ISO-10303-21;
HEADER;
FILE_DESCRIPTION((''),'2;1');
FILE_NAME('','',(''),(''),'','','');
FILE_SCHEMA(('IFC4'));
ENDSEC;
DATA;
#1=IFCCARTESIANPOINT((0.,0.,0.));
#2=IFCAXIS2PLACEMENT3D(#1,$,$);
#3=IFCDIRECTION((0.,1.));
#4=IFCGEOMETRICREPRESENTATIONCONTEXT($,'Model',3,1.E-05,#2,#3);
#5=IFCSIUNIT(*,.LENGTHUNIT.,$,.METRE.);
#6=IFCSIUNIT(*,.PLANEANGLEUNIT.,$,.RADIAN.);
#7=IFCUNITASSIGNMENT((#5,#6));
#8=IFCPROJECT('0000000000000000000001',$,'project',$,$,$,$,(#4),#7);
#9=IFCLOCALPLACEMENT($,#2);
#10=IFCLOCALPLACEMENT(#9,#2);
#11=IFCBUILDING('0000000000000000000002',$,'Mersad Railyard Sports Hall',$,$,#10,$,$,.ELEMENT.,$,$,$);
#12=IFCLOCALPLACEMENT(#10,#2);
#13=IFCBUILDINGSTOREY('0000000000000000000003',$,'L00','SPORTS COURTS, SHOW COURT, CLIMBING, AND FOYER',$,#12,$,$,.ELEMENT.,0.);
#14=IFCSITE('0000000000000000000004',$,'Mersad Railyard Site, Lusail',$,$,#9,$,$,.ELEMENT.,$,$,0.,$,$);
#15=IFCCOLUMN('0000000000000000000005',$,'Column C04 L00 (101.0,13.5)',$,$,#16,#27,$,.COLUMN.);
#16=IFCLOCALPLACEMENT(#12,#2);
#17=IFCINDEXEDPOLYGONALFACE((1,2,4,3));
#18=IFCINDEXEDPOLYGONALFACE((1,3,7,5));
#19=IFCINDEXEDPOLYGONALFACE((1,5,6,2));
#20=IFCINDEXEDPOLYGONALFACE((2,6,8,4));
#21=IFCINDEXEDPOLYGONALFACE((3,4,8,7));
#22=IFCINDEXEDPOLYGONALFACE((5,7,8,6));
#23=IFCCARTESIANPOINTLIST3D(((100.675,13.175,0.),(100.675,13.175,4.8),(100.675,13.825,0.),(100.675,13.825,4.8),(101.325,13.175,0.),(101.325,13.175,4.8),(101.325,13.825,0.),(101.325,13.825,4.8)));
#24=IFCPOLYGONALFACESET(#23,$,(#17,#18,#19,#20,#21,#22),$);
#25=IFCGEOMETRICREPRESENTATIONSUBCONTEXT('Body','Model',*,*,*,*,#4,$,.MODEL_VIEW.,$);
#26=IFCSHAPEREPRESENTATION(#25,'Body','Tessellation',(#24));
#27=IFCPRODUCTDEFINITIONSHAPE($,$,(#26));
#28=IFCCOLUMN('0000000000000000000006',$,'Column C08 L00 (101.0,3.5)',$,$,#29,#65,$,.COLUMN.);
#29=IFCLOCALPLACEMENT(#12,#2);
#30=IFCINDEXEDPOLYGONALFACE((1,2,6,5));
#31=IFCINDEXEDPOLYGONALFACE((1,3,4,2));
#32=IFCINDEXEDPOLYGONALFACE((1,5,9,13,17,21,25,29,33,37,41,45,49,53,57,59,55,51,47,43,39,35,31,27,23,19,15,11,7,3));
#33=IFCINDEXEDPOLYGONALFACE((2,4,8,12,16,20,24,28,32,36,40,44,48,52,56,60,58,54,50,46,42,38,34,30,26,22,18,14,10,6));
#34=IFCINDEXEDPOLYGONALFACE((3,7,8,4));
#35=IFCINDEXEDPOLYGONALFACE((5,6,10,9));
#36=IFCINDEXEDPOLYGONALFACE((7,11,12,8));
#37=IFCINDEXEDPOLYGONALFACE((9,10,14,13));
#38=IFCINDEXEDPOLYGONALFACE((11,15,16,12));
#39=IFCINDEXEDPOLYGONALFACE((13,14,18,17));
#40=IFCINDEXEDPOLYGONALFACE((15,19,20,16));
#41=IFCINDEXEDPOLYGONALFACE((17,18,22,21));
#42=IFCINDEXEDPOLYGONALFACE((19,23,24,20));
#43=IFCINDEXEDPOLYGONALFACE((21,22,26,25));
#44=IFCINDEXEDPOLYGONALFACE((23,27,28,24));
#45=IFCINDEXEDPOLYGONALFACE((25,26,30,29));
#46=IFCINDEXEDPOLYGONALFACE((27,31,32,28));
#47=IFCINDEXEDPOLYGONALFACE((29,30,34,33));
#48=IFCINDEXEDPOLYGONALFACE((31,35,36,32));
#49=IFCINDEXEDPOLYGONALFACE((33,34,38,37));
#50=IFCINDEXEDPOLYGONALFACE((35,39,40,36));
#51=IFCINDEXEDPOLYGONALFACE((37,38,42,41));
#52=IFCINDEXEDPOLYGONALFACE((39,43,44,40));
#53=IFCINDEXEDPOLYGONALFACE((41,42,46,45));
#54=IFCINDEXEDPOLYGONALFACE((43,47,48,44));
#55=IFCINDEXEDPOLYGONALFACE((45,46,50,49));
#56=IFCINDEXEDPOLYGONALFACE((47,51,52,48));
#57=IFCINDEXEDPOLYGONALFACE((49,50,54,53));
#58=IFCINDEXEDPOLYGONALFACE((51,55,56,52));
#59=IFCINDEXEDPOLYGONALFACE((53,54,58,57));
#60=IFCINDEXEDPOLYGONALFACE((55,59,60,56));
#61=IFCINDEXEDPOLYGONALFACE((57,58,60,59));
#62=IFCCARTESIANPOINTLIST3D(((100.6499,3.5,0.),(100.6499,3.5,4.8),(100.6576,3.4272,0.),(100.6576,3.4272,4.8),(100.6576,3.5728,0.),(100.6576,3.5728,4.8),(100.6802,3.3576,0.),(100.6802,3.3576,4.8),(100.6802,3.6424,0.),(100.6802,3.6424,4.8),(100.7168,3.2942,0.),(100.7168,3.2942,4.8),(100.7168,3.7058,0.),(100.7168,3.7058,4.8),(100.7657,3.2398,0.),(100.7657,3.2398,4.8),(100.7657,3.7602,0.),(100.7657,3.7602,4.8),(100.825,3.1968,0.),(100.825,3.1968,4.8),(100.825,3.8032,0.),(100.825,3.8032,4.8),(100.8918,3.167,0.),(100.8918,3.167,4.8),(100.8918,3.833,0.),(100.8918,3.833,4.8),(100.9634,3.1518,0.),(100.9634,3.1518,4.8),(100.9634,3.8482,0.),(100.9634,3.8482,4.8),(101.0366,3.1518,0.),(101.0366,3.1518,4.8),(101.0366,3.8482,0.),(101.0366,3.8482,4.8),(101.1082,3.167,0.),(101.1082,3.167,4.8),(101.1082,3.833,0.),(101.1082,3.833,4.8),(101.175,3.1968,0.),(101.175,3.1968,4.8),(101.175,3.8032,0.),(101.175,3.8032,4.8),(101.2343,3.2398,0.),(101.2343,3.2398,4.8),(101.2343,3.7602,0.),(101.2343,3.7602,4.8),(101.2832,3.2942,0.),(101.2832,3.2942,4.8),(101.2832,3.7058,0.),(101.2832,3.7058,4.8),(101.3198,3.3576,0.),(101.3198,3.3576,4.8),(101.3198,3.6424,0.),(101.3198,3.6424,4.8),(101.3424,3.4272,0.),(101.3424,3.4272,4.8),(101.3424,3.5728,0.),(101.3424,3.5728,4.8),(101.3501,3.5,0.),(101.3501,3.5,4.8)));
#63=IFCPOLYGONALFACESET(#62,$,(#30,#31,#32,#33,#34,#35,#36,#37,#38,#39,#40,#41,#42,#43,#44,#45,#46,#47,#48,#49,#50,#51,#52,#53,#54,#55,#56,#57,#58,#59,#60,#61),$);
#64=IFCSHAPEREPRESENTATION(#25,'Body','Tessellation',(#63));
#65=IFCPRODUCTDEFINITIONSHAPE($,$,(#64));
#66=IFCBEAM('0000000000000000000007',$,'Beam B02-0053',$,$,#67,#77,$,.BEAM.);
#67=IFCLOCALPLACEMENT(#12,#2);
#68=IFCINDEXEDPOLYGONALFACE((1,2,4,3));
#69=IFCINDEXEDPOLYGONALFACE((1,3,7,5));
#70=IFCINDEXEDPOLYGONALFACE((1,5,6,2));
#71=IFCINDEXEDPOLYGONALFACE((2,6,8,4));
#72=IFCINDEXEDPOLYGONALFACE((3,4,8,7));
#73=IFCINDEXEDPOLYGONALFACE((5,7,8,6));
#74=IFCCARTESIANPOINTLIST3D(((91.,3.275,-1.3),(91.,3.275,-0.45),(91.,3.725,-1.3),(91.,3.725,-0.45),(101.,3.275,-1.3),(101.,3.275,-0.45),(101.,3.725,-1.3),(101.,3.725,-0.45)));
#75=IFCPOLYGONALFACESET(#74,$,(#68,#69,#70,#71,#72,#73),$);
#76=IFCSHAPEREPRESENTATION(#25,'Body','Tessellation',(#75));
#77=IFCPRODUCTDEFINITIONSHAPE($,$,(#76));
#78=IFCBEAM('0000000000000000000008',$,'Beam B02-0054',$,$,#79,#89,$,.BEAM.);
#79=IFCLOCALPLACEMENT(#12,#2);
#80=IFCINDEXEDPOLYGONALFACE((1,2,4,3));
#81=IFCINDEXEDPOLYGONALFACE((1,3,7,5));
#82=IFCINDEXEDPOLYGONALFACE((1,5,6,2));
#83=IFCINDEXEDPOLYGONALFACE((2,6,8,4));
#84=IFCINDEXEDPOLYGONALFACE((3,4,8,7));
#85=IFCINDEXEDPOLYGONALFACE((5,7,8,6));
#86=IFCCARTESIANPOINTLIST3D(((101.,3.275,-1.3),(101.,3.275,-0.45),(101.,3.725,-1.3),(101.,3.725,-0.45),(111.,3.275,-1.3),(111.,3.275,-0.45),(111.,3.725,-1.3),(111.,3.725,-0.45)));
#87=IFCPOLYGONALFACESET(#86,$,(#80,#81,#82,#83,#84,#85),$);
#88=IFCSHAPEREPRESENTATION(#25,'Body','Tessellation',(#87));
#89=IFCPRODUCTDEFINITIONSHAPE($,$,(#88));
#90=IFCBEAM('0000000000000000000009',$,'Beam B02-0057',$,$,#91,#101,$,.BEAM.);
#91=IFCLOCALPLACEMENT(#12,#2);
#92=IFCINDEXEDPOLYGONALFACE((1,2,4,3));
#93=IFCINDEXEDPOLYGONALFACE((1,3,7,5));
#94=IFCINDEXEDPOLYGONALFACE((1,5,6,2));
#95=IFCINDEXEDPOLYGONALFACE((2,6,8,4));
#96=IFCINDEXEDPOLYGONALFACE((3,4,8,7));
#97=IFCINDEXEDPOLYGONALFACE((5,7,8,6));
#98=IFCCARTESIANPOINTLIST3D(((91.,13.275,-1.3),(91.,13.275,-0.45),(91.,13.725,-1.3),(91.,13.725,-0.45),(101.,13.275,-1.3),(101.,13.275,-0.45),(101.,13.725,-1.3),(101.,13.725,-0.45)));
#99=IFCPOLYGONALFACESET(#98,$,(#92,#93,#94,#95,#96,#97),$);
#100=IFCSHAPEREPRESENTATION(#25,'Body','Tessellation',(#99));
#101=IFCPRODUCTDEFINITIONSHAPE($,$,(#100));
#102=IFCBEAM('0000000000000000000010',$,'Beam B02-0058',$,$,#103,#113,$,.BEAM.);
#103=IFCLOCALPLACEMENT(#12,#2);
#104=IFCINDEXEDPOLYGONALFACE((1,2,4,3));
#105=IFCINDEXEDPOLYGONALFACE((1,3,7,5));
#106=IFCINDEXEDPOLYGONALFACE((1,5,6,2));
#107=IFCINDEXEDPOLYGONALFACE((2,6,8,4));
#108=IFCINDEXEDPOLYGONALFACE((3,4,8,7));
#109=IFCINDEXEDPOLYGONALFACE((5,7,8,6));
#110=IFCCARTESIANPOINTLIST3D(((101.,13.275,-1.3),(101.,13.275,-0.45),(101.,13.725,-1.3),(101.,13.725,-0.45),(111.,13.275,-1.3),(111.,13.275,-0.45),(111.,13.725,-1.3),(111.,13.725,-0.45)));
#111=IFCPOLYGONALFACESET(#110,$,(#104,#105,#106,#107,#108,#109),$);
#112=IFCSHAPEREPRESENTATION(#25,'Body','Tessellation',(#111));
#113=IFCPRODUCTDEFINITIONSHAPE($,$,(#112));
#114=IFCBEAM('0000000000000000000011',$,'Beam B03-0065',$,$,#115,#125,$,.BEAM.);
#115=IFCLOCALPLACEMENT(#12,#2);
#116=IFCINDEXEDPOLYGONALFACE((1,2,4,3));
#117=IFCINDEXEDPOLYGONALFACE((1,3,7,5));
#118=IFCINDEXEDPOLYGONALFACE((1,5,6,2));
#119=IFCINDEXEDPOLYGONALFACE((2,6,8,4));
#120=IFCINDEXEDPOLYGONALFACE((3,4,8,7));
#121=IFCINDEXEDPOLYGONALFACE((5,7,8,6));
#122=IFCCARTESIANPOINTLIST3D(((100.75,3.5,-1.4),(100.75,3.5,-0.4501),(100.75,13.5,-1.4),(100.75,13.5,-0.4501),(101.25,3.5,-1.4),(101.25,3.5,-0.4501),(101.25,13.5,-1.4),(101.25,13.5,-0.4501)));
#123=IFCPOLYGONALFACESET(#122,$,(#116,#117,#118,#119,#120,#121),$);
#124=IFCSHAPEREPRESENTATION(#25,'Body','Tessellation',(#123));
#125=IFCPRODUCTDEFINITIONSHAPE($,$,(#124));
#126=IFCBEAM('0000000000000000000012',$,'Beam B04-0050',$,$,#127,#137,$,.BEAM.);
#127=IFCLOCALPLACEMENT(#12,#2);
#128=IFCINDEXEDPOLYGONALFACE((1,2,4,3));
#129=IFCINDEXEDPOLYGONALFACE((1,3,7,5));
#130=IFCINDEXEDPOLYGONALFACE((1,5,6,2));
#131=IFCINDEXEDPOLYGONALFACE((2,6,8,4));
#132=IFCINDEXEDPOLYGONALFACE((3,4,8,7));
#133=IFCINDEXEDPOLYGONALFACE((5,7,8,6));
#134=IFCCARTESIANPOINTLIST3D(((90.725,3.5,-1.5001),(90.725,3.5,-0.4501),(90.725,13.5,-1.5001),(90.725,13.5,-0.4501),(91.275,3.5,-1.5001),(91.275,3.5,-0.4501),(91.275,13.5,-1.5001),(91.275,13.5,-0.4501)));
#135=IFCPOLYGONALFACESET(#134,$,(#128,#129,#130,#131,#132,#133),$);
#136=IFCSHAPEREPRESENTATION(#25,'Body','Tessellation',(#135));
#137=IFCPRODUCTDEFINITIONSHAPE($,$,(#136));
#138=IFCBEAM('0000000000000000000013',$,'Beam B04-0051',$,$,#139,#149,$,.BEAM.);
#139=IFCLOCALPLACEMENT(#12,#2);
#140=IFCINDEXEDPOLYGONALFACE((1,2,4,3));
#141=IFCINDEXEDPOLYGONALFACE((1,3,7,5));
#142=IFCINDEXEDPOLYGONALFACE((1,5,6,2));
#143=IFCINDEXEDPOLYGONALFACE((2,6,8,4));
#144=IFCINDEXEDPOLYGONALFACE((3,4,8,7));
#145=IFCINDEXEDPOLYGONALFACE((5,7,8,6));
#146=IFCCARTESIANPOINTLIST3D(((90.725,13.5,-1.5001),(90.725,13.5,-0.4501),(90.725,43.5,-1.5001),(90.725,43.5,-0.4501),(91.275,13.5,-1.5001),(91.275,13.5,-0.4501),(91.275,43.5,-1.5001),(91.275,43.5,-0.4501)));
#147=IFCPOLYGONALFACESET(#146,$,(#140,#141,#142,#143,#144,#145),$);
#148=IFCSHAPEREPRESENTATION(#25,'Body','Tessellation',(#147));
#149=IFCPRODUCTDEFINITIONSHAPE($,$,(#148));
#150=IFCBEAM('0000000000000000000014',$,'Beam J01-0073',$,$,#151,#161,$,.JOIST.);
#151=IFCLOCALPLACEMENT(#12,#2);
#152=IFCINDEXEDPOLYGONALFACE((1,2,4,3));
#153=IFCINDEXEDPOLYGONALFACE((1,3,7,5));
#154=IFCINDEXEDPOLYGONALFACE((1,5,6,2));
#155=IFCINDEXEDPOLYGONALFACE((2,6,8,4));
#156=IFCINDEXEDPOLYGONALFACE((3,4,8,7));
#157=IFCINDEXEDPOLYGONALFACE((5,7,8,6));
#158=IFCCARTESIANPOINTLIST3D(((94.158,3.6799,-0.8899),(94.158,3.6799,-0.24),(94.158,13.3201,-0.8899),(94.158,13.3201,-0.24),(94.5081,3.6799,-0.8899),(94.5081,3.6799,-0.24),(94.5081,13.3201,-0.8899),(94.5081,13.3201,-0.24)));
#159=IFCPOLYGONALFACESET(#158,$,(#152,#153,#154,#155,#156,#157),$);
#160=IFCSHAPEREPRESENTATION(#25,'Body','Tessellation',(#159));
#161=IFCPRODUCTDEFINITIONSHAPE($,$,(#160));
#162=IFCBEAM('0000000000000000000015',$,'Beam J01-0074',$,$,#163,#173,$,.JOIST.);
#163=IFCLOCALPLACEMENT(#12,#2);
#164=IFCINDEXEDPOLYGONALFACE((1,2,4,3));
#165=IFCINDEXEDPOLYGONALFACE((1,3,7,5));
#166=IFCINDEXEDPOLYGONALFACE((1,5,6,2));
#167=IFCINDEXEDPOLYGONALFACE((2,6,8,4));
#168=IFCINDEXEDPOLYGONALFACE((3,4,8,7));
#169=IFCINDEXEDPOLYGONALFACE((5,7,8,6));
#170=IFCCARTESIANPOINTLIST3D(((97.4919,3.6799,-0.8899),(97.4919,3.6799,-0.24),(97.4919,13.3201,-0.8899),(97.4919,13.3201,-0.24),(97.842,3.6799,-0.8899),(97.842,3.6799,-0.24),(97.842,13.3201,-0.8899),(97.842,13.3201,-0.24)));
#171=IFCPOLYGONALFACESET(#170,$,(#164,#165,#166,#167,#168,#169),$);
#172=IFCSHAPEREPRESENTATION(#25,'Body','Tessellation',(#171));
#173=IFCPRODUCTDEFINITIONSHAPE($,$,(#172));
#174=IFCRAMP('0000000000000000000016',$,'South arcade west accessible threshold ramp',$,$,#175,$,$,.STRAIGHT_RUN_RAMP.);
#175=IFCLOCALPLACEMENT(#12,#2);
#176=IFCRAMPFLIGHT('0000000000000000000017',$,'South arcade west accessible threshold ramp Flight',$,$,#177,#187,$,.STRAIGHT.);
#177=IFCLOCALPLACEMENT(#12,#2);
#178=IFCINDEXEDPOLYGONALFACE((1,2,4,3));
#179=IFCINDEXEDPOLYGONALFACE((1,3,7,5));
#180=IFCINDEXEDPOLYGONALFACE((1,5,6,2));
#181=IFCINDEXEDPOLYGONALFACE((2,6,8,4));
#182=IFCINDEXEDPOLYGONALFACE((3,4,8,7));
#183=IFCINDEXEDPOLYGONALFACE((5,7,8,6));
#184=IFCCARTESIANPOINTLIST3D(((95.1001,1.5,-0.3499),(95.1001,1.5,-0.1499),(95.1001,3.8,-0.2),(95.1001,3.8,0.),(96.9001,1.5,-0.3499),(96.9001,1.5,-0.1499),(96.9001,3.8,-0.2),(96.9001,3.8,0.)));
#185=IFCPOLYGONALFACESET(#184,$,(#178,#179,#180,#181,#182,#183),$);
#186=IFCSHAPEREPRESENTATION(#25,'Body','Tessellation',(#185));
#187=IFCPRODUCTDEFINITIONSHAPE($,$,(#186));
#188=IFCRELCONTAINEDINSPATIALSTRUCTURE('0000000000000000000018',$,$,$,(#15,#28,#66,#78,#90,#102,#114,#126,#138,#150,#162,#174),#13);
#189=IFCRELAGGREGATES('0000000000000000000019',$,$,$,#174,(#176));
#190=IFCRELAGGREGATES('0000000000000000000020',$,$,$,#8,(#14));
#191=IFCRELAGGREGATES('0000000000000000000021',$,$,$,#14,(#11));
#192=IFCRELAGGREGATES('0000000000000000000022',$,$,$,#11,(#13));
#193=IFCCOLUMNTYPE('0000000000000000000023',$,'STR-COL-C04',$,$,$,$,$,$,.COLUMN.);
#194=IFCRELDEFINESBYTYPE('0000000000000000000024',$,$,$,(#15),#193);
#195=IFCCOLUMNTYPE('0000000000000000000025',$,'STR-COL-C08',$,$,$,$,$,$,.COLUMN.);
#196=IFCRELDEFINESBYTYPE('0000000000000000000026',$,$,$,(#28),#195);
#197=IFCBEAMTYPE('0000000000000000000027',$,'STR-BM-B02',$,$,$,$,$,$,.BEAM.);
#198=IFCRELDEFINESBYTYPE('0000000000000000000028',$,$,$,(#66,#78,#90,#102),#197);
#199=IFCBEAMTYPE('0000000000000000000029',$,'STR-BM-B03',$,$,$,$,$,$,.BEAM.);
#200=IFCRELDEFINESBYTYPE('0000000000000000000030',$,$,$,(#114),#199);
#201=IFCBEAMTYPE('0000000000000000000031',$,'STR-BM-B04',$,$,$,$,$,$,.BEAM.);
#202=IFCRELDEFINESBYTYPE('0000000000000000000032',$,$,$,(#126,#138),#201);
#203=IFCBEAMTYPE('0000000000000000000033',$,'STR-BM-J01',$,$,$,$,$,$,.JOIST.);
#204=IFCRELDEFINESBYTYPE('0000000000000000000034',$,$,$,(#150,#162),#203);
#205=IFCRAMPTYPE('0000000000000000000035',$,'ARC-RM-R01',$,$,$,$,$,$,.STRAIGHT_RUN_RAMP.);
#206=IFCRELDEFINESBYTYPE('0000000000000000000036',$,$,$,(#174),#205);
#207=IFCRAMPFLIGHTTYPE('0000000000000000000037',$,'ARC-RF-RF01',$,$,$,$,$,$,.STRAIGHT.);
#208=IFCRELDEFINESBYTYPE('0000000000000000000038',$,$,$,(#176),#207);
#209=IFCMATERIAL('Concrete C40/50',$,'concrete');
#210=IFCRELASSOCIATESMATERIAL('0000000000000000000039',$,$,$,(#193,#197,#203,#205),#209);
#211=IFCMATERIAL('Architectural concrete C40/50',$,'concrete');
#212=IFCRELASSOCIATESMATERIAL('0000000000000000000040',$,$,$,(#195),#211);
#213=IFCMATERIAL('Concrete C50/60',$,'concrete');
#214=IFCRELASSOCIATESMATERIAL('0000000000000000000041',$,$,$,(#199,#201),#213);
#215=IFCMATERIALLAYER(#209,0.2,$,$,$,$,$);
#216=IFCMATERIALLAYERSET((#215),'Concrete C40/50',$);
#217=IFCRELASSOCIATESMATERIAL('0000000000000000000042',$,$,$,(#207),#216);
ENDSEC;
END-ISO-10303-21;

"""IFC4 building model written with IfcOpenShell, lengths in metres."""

from ifc_helpers import new_model, si_unit, direction, frame, origin, origin_2d, place, context, subcontext, project, spatial, polyline, rectangle, circle, outline, extrude, material, layer, layer_set, material_profile, profile_set, type_object, element, aggregate, save


model = new_model("IFC4")

# Units and contexts
model_context = context("Model", 3, precision=1e-05, world=origin(), true_north=direction((0.0, 1.0)))
body_context = subcontext(model_context, "Body", "Model", "MODEL_VIEW")
ifc_project = project(units=[si_unit("LENGTHUNIT", "METRE"), si_unit("PLANEANGLEUNIT", "RADIAN")], contexts=[model_context])

# Site, building, storey
site_placement = place(None, origin())
site = spatial("IfcSite", under=ifc_project, at=site_placement, Name="Mersad Railyard Site, Lusail", CompositionType="ELEMENT", RefElevation=0.0)
building_placement = place(site_placement, origin())
building = spatial("IfcBuilding", under=site, at=building_placement, Name="Mersad Railyard Sports Hall", CompositionType="ELEMENT")
storey_placement = place(building_placement, origin())
storey = spatial("IfcBuildingStorey", under=building, at=storey_placement, Name="L00", Description="SPORTS COURTS, SHOW COURT, CLIMBING, AND FOYER", CompositionType="ELEMENT", Elevation=0.0)

# Columns
ifc_material_1 = material(Name="Concrete C40/50", Category="concrete")
ifc_material_profile_1 = material_profile(ifc_material_1, rectangle(XDim=0.6499, YDim=0.6499, at=origin_2d()), Name="RC 650x650")
ifc_profile_set_1 = profile_set([ifc_material_profile_1], Name="Concrete C40/50")
column_type_1 = type_object("IfcColumnType", Name="STR-COL-C04", PredefinedType="COLUMN", material=ifc_profile_set_1)
column_1_placement = place(storey_placement, frame((101.0, 13.5, 0.0), z_axis=(0.0, 0.0, 1.0), x_axis=(1.0, 0.0, 0.0)))
element("IfcColumn", 1, at=column_1_placement, inside=storey, type_object=column_type_1, Name="Column C04 L00 (101.0,13.5)", PredefinedType="COLUMN", context=body_context, shape_type="SweptSolid", body=[
    extrude(rectangle(XDim=0.6499, YDim=0.6499, at=origin_2d()), origin(), (0.0, 0.0, 1.0), 4.8),
])
ifc_material_2 = material(Name="Architectural concrete C40/50", Category="concrete")
ifc_material_profile_2 = material_profile(ifc_material_2, circle(Radius=0.3501, at=origin_2d()), Name="RC D700")
ifc_profile_set_2 = profile_set([ifc_material_profile_2], Name="Architectural concrete C40/50")
column_type_2 = type_object("IfcColumnType", Name="STR-COL-C08", PredefinedType="COLUMN", material=ifc_profile_set_2)
column_2_placement = place(storey_placement, frame((101.0, 3.5, 0.0), z_axis=(0.0, 0.0, 1.0), x_axis=(1.0, 0.0, 0.0)))
element("IfcColumn", 2, at=column_2_placement, inside=storey, type_object=column_type_2, Name="Column C08 L00 (101.0,3.5)", PredefinedType="COLUMN", context=body_context, shape_type="SweptSolid", body=[
    extrude(circle(Radius=0.3501, at=origin_2d()), origin(), (0.0, 0.0, 1.0), 4.8),
])

# Beams
ifc_material_profile_3 = material_profile(ifc_material_1, rectangle(XDim=0.45, YDim=0.8501, at=origin_2d()), Name="RC 450x850")
ifc_profile_set_3 = profile_set([ifc_material_profile_3], Name="Concrete C40/50")
beam_type_1 = type_object("IfcBeamType", Name="STR-BM-B02", PredefinedType="BEAM", material=ifc_profile_set_3)
for number, where, z_axis, x_axis, name in (
    (3, (91.0, 3.5, -0.875), (1.0, 0.0, 0.0), (0.0, 1.0, 0.0), "Beam B02-0053"),
    (4, (101.0, 3.5, -0.875), (1.0, 0.0, 0.0), (0.0, 1.0, 0.0), "Beam B02-0054"),
    (5, (91.0, 13.5, -0.875), (1.0, 0.0, 0.0), (0.0, 1.0, 0.0), "Beam B02-0057"),
    (6, (101.0, 13.5, -0.875), (1.0, 0.0, 0.0), (0.0, 1.0, 0.0), "Beam B02-0058"),
):
    element("IfcBeam", number, at=place(storey_placement, frame(where, z_axis=z_axis, x_axis=x_axis)), inside=storey, type_object=beam_type_1, Name=name, PredefinedType="BEAM", context=body_context, shape_type="SweptSolid", body=[
        extrude(rectangle(XDim=0.45, YDim=0.8501, at=origin_2d()), origin(), (0.0, 0.0, 1.0), 10.0),
    ])
ifc_material_3 = material(Name="Concrete C50/60", Category="concrete")
ifc_material_profile_4 = material_profile(ifc_material_3, rectangle(XDim=0.5, YDim=0.95, at=origin_2d()), Name="RC 500x950")
ifc_profile_set_4 = profile_set([ifc_material_profile_4], Name="Concrete C50/60")
beam_type_2 = type_object("IfcBeamType", Name="STR-BM-B03", PredefinedType="BEAM", material=ifc_profile_set_4)
beam_1_placement = place(storey_placement, frame((101.0, 3.5, -0.925), z_axis=(0.0, 1.0, 0.0), x_axis=(-1.0, 0.0, 0.0)))
element("IfcBeam", 7, at=beam_1_placement, inside=storey, type_object=beam_type_2, Name="Beam B03-0065", PredefinedType="BEAM", context=body_context, shape_type="SweptSolid", body=[
    extrude(rectangle(XDim=0.5, YDim=0.95, at=origin_2d()), origin(), (0.0, 0.0, 1.0), 10.0),
])
ifc_material_profile_5 = material_profile(ifc_material_3, rectangle(XDim=0.55, YDim=1.05, at=origin_2d()), Name="RC 550x1050")
ifc_profile_set_5 = profile_set([ifc_material_profile_5], Name="Concrete C50/60")
beam_type_3 = type_object("IfcBeamType", Name="STR-BM-B04", PredefinedType="BEAM", material=ifc_profile_set_5)
beam_2_placement = place(storey_placement, frame((91.0, 3.5, -0.9751), z_axis=(0.0, 1.0, 0.0), x_axis=(-1.0, 0.0, 0.0)))
element("IfcBeam", 8, at=beam_2_placement, inside=storey, type_object=beam_type_3, Name="Beam B04-0050", PredefinedType="BEAM", context=body_context, shape_type="SweptSolid", body=[
    extrude(rectangle(XDim=0.55, YDim=1.05, at=origin_2d()), origin(), (0.0, 0.0, 1.0), 10.0),
])
beam_3_placement = place(storey_placement, frame((91.0, 13.5, -0.9751), z_axis=(0.0, 1.0, 0.0), x_axis=(-1.0, 0.0, 0.0)))
element("IfcBeam", 9, at=beam_3_placement, inside=storey, type_object=beam_type_3, Name="Beam B04-0051", PredefinedType="BEAM", context=body_context, shape_type="SweptSolid", body=[
    extrude(rectangle(XDim=0.55, YDim=1.05, at=origin_2d()), origin(), (0.0, 0.0, 1.0), 30.0),
])
ifc_material_profile_6 = material_profile(ifc_material_1, rectangle(XDim=0.3501, YDim=0.6499, at=origin_2d()), Name="RC 350x650")
ifc_profile_set_6 = profile_set([ifc_material_profile_6], Name="Concrete C40/50")
beam_type_4 = type_object("IfcBeamType", Name="STR-BM-J01", PredefinedType="JOIST", material=ifc_profile_set_6)
for number, where, z_axis, x_axis, name in (
    (10, (94.333, 3.6799, -0.5649), (0.0, 1.0, 0.0), (-1.0, 0.0, 0.0), "Beam J01-0073"),
    (11, (97.667, 3.6799, -0.5649), (0.0, 1.0, 0.0), (-1.0, 0.0, 0.0), "Beam J01-0074"),
):
    element("IfcBeam", number, at=place(storey_placement, frame(where, z_axis=z_axis, x_axis=x_axis)), inside=storey, type_object=beam_type_4, Name=name, PredefinedType="JOIST", context=body_context, shape_type="SweptSolid", body=[
        extrude(rectangle(XDim=0.3501, YDim=0.6499, at=origin_2d()), origin(), (0.0, 0.0, 1.0), 9.6401),
    ])

# Ramp, ramp flight
ramp_type = type_object("IfcRampType", Name="ARC-RM-R01", PredefinedType="STRAIGHT_RUN_RAMP", material=ifc_material_1)
ramp_placement = place(storey_placement, origin())
ramp = element("IfcRamp", 12, at=ramp_placement, inside=storey, type_object=ramp_type, Name="South arcade west accessible threshold ramp", PredefinedType="STRAIGHT_RUN_RAMP")
ifc_layer_1 = layer(ifc_material_1, 0.2)
ifc_layer_set_1 = layer_set([ifc_layer_1], Name="Concrete C40/50")
ramp_flight_type = type_object("IfcRampFlightType", Name="ARC-RF-RF01", PredefinedType="STRAIGHT", material=ifc_layer_set_1)
ramp_flight_placement = place(storey_placement, frame((96.0, 1.5, -0.1499), z_axis=(0.0, 0.0, 1.0), x_axis=(0.0, 1.0, 0.0)))
ramp_flight = element("IfcRampFlight", 13, at=ramp_flight_placement, type_object=ramp_flight_type, Name="South arcade west accessible threshold ramp Flight", PredefinedType="STRAIGHT", context=body_context, shape_type="SweptSolid", body=[
    extrude(outline(polyline([(0.0, -0.2), (0.0, 0.0), (2.3, 0.1499), (2.3, -0.05), (0.0, -0.2)])), frame((0.0, 0.8999, 0.0), z_axis=(0.0, -1.0, 0.0), x_axis=(1.0, 0.0, 0.0)), (0.0, 0.0, 1.0), 1.8),
])
aggregate(ramp, [ramp_flight])

save(model, "model.ifc")
